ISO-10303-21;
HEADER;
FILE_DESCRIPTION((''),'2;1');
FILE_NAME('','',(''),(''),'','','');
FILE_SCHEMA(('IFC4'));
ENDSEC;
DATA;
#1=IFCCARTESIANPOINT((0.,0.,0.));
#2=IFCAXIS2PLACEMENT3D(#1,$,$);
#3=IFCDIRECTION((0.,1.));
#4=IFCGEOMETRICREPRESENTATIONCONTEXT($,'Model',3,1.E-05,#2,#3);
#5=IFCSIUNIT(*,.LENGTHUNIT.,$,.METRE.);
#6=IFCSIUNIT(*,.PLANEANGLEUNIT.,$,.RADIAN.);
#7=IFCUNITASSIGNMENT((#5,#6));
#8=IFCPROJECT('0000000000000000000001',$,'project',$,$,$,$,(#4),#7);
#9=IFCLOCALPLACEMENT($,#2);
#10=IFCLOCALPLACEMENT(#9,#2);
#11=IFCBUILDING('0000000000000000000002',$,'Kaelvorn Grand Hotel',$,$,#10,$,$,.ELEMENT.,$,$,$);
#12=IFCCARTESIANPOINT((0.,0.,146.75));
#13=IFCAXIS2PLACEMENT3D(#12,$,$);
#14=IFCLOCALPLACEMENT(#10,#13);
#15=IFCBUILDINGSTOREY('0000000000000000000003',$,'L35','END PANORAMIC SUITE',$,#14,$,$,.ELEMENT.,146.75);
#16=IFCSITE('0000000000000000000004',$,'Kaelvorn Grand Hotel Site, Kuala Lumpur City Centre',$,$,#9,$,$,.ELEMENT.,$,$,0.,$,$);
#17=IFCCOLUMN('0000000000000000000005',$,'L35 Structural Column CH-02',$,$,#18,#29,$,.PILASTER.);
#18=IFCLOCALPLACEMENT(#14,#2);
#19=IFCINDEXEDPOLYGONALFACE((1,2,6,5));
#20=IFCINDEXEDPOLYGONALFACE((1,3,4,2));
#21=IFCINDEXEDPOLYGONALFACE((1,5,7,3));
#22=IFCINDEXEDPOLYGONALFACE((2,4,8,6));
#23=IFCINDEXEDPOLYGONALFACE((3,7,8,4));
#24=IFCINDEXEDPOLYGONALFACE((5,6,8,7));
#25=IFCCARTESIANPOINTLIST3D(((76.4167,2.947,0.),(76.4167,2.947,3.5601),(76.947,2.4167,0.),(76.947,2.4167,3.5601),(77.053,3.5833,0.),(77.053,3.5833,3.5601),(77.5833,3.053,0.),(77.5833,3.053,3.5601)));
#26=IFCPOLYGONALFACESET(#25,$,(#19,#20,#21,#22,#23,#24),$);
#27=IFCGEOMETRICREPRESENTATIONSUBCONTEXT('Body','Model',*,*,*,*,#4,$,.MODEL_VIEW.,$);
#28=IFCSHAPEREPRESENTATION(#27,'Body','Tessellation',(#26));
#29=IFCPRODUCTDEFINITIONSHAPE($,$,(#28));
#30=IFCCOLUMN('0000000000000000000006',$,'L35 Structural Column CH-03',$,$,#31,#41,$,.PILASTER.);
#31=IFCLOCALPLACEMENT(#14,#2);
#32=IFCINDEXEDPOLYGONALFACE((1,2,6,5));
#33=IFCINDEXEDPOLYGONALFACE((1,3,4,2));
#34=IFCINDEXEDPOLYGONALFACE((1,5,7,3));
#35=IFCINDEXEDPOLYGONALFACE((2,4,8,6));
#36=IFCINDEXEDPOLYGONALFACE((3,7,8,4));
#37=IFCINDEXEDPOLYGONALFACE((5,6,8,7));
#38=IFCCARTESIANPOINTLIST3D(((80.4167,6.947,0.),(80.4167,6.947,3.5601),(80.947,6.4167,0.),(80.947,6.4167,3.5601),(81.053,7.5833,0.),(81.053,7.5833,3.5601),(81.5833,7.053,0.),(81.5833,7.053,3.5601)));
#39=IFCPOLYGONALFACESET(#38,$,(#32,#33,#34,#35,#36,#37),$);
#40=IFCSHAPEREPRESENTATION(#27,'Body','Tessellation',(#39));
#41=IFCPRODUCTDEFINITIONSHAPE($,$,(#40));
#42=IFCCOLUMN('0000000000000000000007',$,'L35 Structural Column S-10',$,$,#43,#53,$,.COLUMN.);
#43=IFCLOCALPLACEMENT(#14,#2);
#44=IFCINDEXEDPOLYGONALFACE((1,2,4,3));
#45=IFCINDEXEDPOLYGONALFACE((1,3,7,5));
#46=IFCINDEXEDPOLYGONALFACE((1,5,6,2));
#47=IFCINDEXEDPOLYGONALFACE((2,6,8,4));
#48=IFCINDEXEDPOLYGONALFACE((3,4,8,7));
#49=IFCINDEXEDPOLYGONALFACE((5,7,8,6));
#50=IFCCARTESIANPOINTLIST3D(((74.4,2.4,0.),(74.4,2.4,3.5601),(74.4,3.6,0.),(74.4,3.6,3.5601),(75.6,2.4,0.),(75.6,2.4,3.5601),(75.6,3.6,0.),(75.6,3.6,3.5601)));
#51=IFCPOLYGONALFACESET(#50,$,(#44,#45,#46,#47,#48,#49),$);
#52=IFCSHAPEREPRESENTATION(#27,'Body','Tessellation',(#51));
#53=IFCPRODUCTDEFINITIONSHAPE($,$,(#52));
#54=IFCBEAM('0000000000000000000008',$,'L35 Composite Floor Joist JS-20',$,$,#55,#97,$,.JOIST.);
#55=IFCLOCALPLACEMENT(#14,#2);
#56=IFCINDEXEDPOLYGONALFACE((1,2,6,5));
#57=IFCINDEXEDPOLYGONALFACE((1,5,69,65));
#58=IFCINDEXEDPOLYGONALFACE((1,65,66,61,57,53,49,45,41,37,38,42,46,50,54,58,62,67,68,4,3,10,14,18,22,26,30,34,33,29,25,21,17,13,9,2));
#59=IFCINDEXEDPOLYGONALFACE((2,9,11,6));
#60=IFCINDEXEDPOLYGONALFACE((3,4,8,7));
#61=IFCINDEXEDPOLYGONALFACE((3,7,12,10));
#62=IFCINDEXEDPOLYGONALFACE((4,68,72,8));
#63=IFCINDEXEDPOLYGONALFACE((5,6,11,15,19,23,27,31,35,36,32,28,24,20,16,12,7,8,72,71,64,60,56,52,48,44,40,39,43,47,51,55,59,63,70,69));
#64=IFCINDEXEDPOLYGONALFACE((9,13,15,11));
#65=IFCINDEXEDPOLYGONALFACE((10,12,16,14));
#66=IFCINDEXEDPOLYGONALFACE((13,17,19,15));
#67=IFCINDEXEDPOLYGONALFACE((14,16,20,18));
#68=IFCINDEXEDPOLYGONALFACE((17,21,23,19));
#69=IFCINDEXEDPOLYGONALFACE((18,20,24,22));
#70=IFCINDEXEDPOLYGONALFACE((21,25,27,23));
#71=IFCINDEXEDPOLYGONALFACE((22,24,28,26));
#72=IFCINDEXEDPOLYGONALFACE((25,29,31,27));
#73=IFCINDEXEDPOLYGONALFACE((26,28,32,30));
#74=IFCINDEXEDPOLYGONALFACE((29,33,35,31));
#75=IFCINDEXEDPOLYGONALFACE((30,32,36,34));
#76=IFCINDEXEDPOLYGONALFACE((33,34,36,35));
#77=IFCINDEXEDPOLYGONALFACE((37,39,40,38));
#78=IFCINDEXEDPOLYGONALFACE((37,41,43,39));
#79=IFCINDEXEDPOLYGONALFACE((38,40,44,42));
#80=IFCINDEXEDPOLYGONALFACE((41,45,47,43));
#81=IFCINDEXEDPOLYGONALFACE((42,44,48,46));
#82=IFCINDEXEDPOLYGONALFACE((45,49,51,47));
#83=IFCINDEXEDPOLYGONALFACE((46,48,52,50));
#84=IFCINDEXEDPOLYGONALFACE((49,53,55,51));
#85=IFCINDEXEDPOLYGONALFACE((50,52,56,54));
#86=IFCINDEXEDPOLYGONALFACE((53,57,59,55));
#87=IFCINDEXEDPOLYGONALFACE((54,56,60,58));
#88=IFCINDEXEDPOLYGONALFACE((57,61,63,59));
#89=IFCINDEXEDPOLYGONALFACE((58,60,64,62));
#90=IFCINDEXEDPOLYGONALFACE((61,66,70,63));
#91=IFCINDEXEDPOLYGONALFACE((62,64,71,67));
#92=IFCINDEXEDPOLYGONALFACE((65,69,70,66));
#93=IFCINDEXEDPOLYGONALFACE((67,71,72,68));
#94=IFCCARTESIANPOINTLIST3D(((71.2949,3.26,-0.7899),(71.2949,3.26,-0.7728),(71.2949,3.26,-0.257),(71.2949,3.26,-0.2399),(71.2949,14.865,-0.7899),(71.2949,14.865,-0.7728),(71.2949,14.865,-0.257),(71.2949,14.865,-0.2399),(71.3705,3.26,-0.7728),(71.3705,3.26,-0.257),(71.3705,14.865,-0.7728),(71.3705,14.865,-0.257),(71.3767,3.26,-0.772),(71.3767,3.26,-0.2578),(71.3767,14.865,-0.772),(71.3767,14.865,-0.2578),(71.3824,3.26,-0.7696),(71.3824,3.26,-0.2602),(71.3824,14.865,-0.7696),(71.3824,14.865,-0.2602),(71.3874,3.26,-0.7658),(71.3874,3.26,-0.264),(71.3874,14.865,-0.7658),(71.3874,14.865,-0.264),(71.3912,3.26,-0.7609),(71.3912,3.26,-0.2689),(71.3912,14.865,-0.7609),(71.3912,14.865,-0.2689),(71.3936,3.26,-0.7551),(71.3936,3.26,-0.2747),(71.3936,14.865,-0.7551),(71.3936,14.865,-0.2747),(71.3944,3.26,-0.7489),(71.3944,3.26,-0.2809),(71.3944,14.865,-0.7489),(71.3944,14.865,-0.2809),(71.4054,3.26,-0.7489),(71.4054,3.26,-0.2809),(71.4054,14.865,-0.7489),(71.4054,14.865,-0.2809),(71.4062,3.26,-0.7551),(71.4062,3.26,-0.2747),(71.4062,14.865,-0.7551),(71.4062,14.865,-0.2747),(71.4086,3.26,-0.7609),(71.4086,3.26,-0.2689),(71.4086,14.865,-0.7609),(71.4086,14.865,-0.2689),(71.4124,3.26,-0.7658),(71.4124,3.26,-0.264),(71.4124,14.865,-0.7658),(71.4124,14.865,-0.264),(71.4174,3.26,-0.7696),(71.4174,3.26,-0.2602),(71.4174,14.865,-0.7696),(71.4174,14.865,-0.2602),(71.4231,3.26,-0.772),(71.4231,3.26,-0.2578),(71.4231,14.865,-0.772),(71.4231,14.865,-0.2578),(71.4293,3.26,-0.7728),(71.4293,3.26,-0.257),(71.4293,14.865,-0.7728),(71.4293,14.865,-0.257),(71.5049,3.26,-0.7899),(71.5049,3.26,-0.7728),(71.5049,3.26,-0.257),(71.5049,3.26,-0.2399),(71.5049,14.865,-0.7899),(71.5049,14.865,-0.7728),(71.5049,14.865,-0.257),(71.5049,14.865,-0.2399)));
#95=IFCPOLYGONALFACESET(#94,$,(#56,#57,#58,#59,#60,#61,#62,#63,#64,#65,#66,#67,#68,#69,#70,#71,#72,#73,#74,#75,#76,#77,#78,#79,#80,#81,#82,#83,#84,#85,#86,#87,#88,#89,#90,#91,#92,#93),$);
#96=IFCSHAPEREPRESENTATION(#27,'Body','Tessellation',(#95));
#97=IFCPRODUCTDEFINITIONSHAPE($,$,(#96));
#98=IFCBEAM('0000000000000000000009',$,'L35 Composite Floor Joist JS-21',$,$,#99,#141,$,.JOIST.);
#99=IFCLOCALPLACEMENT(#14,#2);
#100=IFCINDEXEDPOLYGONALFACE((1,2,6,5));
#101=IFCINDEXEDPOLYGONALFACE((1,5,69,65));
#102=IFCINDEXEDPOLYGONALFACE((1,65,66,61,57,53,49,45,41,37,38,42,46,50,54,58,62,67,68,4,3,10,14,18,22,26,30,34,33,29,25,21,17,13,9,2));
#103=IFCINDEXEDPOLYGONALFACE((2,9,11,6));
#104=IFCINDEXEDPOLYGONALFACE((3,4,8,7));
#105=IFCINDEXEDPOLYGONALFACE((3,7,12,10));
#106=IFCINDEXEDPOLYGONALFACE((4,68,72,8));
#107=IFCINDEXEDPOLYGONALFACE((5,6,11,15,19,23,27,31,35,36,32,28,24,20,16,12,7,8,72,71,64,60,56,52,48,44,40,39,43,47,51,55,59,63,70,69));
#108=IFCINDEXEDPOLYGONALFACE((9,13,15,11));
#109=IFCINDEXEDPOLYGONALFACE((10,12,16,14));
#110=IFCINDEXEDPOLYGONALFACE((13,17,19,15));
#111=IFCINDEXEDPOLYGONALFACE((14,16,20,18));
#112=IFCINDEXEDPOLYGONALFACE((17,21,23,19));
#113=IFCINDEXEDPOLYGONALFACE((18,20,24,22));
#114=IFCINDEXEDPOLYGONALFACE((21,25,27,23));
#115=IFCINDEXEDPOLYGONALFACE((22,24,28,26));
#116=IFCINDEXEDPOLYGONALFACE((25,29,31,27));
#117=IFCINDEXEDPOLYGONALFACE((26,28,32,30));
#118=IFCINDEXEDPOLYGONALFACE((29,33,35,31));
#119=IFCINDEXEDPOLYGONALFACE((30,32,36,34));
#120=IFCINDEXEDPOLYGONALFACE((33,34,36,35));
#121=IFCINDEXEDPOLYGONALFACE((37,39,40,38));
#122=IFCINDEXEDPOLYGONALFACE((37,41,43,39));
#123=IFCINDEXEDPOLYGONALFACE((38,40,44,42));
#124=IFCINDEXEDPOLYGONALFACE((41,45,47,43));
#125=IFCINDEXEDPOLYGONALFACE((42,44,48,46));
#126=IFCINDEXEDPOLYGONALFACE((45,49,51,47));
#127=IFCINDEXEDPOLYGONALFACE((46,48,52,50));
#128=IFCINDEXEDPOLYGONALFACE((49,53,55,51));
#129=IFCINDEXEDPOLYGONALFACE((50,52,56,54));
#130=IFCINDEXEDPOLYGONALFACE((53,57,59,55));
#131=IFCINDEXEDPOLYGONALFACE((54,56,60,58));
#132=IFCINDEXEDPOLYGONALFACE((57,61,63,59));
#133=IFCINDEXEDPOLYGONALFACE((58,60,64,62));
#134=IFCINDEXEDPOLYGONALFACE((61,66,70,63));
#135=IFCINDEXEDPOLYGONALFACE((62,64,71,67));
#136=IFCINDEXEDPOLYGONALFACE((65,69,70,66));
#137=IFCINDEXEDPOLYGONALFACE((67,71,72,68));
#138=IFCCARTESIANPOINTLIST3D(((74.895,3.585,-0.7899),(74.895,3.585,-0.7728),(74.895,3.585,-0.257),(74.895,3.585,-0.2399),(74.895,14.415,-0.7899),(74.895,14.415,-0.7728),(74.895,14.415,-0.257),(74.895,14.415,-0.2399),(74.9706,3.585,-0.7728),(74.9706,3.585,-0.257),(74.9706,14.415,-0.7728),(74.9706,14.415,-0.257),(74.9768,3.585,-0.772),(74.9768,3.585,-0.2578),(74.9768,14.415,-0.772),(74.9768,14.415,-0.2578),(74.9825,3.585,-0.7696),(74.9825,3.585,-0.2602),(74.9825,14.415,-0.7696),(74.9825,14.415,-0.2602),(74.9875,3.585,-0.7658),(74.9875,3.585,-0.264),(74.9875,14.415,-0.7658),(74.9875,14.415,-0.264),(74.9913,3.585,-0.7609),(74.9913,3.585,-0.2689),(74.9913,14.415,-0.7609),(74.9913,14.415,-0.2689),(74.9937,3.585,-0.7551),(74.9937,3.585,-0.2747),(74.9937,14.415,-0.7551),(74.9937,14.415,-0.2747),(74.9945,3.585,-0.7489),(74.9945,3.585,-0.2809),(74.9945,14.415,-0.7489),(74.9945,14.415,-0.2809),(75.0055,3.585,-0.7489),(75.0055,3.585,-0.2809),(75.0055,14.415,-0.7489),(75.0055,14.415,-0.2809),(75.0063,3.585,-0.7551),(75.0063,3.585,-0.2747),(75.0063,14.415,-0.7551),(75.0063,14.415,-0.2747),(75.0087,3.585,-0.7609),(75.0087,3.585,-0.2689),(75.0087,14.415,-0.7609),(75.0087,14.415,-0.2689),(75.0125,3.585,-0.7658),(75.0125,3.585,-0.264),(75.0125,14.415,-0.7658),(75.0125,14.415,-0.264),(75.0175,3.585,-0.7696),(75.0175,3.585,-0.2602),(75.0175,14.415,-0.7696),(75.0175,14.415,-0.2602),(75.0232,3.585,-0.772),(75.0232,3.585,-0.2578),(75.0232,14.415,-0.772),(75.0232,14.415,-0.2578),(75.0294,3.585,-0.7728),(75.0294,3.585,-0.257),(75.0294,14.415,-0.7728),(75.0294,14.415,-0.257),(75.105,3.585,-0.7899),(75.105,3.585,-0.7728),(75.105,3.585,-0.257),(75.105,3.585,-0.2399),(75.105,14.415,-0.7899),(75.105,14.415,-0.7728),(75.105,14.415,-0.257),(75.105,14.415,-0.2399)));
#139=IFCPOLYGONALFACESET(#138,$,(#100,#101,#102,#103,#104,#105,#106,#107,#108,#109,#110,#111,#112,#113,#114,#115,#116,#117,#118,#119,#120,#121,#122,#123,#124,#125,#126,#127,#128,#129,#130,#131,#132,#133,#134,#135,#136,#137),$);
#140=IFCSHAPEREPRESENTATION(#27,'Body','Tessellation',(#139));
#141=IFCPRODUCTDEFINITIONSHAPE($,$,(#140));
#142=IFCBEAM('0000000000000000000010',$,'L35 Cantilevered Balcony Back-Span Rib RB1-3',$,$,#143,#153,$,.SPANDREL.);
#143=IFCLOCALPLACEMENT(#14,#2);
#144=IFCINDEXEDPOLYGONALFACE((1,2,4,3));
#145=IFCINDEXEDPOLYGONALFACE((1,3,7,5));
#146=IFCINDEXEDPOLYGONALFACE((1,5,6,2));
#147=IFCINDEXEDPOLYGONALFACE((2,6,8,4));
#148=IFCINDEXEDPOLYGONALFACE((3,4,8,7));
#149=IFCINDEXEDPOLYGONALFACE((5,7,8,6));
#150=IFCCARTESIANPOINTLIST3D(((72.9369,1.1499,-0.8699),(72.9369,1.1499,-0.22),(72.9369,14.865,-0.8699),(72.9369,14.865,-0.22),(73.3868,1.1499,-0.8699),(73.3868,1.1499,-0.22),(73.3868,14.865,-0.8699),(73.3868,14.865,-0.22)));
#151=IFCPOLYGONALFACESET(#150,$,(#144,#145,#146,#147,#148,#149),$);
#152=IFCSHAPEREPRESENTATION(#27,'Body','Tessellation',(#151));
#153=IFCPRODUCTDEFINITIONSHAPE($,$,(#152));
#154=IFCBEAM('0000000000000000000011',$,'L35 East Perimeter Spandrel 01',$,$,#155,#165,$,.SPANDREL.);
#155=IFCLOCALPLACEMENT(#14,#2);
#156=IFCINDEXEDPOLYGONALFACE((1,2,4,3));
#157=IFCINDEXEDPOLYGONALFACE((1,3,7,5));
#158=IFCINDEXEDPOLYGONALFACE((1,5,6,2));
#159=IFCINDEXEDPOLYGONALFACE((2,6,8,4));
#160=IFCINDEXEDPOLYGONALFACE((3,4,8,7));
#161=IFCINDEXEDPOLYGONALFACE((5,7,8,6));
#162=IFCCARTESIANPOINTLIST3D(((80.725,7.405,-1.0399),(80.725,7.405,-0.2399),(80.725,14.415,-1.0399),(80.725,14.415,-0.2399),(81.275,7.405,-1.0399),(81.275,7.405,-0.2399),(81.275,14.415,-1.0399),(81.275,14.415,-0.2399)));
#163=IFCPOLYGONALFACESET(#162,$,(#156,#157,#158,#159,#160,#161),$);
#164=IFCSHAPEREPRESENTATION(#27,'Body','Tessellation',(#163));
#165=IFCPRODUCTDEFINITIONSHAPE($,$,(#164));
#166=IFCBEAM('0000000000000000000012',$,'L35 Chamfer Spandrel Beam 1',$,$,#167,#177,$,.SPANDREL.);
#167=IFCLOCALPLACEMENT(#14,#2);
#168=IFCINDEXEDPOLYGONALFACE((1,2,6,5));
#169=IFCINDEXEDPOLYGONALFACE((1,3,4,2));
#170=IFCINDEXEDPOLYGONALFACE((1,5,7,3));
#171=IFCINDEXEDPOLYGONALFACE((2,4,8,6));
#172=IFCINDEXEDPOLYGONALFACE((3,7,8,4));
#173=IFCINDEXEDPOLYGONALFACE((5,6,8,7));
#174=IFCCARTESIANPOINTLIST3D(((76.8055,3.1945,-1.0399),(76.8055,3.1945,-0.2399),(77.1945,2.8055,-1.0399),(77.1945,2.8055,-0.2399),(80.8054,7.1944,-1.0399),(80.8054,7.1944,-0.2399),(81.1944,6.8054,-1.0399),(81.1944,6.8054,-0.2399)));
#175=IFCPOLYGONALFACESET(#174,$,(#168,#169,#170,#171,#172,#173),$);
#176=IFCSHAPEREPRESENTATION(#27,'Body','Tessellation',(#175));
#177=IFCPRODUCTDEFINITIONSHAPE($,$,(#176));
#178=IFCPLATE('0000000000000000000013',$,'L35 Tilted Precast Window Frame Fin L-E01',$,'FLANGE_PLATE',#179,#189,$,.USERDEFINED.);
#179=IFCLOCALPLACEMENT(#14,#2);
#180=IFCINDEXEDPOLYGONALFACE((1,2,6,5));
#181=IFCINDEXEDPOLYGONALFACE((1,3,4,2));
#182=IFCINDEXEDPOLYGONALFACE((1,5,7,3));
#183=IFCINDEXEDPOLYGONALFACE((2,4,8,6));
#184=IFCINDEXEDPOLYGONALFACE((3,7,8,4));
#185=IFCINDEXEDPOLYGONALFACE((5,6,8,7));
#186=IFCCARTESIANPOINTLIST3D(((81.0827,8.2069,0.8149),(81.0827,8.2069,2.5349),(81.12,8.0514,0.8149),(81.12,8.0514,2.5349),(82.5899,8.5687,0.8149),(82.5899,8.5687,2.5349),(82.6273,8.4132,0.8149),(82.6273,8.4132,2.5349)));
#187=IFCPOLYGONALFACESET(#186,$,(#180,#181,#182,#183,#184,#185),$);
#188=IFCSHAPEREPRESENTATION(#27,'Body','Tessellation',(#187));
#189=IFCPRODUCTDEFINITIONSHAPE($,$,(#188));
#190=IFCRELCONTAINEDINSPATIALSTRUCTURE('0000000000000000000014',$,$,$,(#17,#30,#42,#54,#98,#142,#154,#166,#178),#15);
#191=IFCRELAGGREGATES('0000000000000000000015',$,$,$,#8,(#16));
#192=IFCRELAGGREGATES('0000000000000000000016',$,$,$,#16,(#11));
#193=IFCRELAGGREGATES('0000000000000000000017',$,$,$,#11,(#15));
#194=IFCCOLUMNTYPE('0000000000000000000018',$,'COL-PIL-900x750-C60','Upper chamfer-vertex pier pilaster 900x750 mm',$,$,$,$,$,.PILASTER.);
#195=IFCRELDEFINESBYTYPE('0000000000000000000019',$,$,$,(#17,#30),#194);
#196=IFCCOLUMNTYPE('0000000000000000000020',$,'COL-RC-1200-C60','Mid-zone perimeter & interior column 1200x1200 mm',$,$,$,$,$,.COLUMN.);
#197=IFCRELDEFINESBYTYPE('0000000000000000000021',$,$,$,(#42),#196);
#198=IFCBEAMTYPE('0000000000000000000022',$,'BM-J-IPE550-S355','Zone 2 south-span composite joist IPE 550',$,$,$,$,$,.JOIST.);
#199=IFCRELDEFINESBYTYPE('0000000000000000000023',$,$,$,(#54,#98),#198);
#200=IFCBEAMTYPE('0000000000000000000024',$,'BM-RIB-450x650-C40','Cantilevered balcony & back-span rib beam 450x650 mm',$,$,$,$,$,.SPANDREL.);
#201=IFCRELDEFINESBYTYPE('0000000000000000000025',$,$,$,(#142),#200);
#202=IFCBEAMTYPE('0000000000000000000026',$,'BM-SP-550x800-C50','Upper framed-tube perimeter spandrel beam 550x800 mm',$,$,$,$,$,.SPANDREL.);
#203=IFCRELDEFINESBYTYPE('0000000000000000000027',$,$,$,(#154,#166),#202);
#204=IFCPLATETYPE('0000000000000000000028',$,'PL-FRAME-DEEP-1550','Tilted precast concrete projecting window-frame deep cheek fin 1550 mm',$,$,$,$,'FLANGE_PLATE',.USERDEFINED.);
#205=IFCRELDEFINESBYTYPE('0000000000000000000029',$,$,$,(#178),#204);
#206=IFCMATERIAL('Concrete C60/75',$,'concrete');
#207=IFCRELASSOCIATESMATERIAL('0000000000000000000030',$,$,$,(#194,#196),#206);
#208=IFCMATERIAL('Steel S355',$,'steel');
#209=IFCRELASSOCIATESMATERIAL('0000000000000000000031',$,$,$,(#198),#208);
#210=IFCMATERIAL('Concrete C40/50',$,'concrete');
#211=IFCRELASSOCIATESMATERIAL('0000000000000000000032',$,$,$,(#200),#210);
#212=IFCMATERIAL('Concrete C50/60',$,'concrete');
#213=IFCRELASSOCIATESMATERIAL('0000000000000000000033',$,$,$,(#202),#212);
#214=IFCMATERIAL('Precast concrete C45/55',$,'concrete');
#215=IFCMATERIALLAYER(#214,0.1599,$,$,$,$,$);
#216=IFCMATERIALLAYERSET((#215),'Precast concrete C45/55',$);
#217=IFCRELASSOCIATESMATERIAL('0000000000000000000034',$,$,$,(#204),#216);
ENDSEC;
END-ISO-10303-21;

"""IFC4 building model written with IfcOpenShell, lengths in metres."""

from ifc_helpers import new_model, si_unit, direction, frame, origin, origin_2d, place, context, subcontext, project, spatial, rectangle, i_section, extrude, material, layer, layer_set, material_profile, profile_set, type_object, element, save


model = new_model("IFC4")

# Units and contexts
model_context = context("Model", 3, precision=1e-05, world=origin(), true_north=direction((0.0, 1.0)))
body_context = subcontext(model_context, "Body", "Model", "MODEL_VIEW")
ifc_project = project(units=[si_unit("LENGTHUNIT", "METRE"), si_unit("PLANEANGLEUNIT", "RADIAN")], contexts=[model_context])

# Site, building, storey
site_placement = place(None, origin())
site = spatial("IfcSite", under=ifc_project, at=site_placement, Name="Kaelvorn Grand Hotel Site, Kuala Lumpur City Centre", CompositionType="ELEMENT", RefElevation=0.0)
building_placement = place(site_placement, origin())
building = spatial("IfcBuilding", under=site, at=building_placement, Name="Kaelvorn Grand Hotel", CompositionType="ELEMENT")
storey_placement = place(building_placement, frame((0.0, 0.0, 146.75)))
storey = spatial("IfcBuildingStorey", under=building, at=storey_placement, Name="L35", Description="END PANORAMIC SUITE", CompositionType="ELEMENT", Elevation=146.75)

# Columns
ifc_material_1 = material(Name="Concrete C60/75", Category="concrete")
ifc_material_profile_1 = material_profile(ifc_material_1, rectangle(XDim=0.8999, YDim=0.75, at=origin_2d()), Name="RC PILASTER 900x750")
ifc_profile_set_1 = profile_set([ifc_material_profile_1], Name="Concrete C60/75")
column_type_1 = type_object("IfcColumnType", Name="COL-PIL-900x750-C60", Description="Upper chamfer-vertex pier pilaster 900x750 mm", PredefinedType="PILASTER", material=ifc_profile_set_1)
for number, where, z_axis, x_axis, name in (
    (1, (77.0, 3.0, 0.0), (0.0, 0.0, 1.0), (0.707107, 0.707107, 0.0), "L35 Structural Column CH-02"),
    (2, (81.0, 7.0, 0.0), (0.0, 0.0, 1.0), (0.707107, 0.707107, 0.0), "L35 Structural Column CH-03"),
):
    element("IfcColumn", number, at=place(storey_placement, frame(where, z_axis=z_axis, x_axis=x_axis)), inside=storey, type_object=column_type_1, Name=name, PredefinedType="PILASTER", context=body_context, shape_type="SweptSolid", body=[
        extrude(rectangle(XDim=0.8999, YDim=0.75, at=origin_2d()), origin(), (0.0, 0.0, 1.0), 3.5601),
    ])
ifc_material_profile_2 = material_profile(ifc_material_1, rectangle(XDim=1.2, YDim=1.2, at=origin_2d()), Name="RC COL 1200x1200")
ifc_profile_set_2 = profile_set([ifc_material_profile_2], Name="Concrete C60/75")
column_type_2 = type_object("IfcColumnType", Name="COL-RC-1200-C60", Description="Mid-zone perimeter & interior column 1200x1200 mm", PredefinedType="COLUMN", material=ifc_profile_set_2)
column_placement = place(storey_placement, frame((75.0, 3.0, 0.0), z_axis=(0.0, 0.0, 1.0), x_axis=(1.0, 0.0, 0.0)))
element("IfcColumn", 3, at=column_placement, inside=storey, type_object=column_type_2, Name="L35 Structural Column S-10", PredefinedType="COLUMN", context=body_context, shape_type="SweptSolid", body=[
    extrude(rectangle(XDim=1.2, YDim=1.2, at=origin_2d()), origin(), (0.0, 0.0, 1.0), 3.5601),
])

# Beams
ifc_material_2 = material(Name="Steel S355", Category="steel")
ifc_material_profile_3 = material_profile(ifc_material_2, i_section(OverallWidth=0.21, OverallDepth=0.55, WebThickness=0.011, FlangeThickness=0.0171, FilletRadius=0.0239, at=origin_2d()), Name="IPE 550")
ifc_profile_set_3 = profile_set([ifc_material_profile_3], Name="Steel S355")
beam_type_1 = type_object("IfcBeamType", Name="BM-J-IPE550-S355", Description="Zone 2 south-span composite joist IPE 550", PredefinedType="JOIST", material=ifc_profile_set_3)
beam_1_placement = place(storey_placement, frame((71.3999, 3.26, -0.5149), z_axis=(0.0, 1.0, 0.0), x_axis=(-1.0, 0.0, 0.0)))
element("IfcBeam", 4, at=beam_1_placement, inside=storey, type_object=beam_type_1, Name="L35 Composite Floor Joist JS-20", PredefinedType="JOIST", context=body_context, shape_type="SweptSolid", body=[
    extrude(i_section(OverallWidth=0.21, OverallDepth=0.55, WebThickness=0.011, FlangeThickness=0.0171, FilletRadius=0.0239, at=origin_2d()), origin(), (0.0, 0.0, 1.0), 11.605),
])
beam_2_placement = place(storey_placement, frame((75.0, 3.585, -0.5149), z_axis=(0.0, 1.0, 0.0), x_axis=(-1.0, 0.0, 0.0)))
element("IfcBeam", 5, at=beam_2_placement, inside=storey, type_object=beam_type_1, Name="L35 Composite Floor Joist JS-21", PredefinedType="JOIST", context=body_context, shape_type="SweptSolid", body=[
    extrude(i_section(OverallWidth=0.21, OverallDepth=0.55, WebThickness=0.011, FlangeThickness=0.0171, FilletRadius=0.0239, at=origin_2d()), origin(), (0.0, 0.0, 1.0), 10.8301),
])
ifc_material_3 = material(Name="Concrete C40/50", Category="concrete")
ifc_material_profile_4 = material_profile(ifc_material_3, rectangle(XDim=0.45, YDim=0.6499, at=origin_2d()), Name="RC RIB 450x650")
ifc_profile_set_4 = profile_set([ifc_material_profile_4], Name="Concrete C40/50")
beam_type_2 = type_object("IfcBeamType", Name="BM-RIB-450x650-C40", Description="Cantilevered balcony & back-span rib beam 450x650 mm", PredefinedType="SPANDREL", material=ifc_profile_set_4)
beam_3_placement = place(storey_placement, frame((73.1619, 1.1499, -0.5449), z_axis=(0.0, 1.0, 0.0), x_axis=(-1.0, 0.0, 0.0)))
element("IfcBeam", 6, at=beam_3_placement, inside=storey, type_object=beam_type_2, Name="L35 Cantilevered Balcony Back-Span Rib RB1-3", PredefinedType="SPANDREL", context=body_context, shape_type="SweptSolid", body=[
    extrude(rectangle(XDim=0.45, YDim=0.6499, at=origin_2d()), origin(), (0.0, 0.0, 1.0), 13.7151),
])
ifc_material_4 = material(Name="Concrete C50/60", Category="concrete")
ifc_material_profile_5 = material_profile(ifc_material_4, rectangle(XDim=0.55, YDim=0.8, at=origin_2d()), Name="RC SPANDREL 550x800")
ifc_profile_set_5 = profile_set([ifc_material_profile_5], Name="Concrete C50/60")
beam_type_3 = type_object("IfcBeamType", Name="BM-SP-550x800-C50", Description="Upper framed-tube perimeter spandrel beam 550x800 mm", PredefinedType="SPANDREL", material=ifc_profile_set_5)
beam_4_placement = place(storey_placement, frame((81.0, 7.405, -0.6399), z_axis=(0.0, 1.0, 0.0), x_axis=(-1.0, 0.0, 0.0)))
element("IfcBeam", 7, at=beam_4_placement, inside=storey, type_object=beam_type_3, Name="L35 East Perimeter Spandrel 01", PredefinedType="SPANDREL", context=body_context, shape_type="SweptSolid", body=[
    extrude(rectangle(XDim=0.55, YDim=0.8, at=origin_2d()), origin(), (0.0, 0.0, 1.0), 7.01),
])
beam_5_placement = place(storey_placement, frame((77.0, 3.0, -0.6399), z_axis=(0.707107, 0.707107, 0.0), x_axis=(-0.707107, 0.707107, 0.0)))
element("IfcBeam", 8, at=beam_5_placement, inside=storey, type_object=beam_type_3, Name="L35 Chamfer Spandrel Beam 1", PredefinedType="SPANDREL", context=body_context, shape_type="SweptSolid", body=[
    extrude(rectangle(XDim=0.55, YDim=0.8, at=origin_2d()), origin(), (0.0, 0.0, 1.0), 5.6567),
])

# Plate
ifc_material_5 = material(Name="Precast concrete C45/55", Category="concrete")
ifc_layer_1 = layer(ifc_material_5, 0.1599)
ifc_layer_set_1 = layer_set([ifc_layer_1], Name="Precast concrete C45/55")
plate_type_1 = type_object("IfcPlateType", Name="PL-FRAME-DEEP-1550", Description="Tilted precast concrete projecting window-frame deep cheek fin 1550 mm", ElementType="FLANGE_PLATE", PredefinedType="USERDEFINED", material=ifc_layer_set_1)
plate_1_placement = place(storey_placement, frame((81.855, 8.3101, 0.8149), z_axis=(0.0, 0.0, 1.0), x_axis=(-0.233445, 0.97237, 0.0)))
element("IfcPlate", 9, at=plate_1_placement, inside=storey, type_object=plate_type_1, Name="L35 Tilted Precast Window Frame Fin L-E01", ObjectType="FLANGE_PLATE", PredefinedType="USERDEFINED", context=body_context, shape_type="SweptSolid", body=[
    extrude(rectangle(XDim=0.1599, YDim=1.55, at=origin_2d()), origin(), (0.0, 0.0, 1.0), 1.72),
])

save(model, "model.ifc")
